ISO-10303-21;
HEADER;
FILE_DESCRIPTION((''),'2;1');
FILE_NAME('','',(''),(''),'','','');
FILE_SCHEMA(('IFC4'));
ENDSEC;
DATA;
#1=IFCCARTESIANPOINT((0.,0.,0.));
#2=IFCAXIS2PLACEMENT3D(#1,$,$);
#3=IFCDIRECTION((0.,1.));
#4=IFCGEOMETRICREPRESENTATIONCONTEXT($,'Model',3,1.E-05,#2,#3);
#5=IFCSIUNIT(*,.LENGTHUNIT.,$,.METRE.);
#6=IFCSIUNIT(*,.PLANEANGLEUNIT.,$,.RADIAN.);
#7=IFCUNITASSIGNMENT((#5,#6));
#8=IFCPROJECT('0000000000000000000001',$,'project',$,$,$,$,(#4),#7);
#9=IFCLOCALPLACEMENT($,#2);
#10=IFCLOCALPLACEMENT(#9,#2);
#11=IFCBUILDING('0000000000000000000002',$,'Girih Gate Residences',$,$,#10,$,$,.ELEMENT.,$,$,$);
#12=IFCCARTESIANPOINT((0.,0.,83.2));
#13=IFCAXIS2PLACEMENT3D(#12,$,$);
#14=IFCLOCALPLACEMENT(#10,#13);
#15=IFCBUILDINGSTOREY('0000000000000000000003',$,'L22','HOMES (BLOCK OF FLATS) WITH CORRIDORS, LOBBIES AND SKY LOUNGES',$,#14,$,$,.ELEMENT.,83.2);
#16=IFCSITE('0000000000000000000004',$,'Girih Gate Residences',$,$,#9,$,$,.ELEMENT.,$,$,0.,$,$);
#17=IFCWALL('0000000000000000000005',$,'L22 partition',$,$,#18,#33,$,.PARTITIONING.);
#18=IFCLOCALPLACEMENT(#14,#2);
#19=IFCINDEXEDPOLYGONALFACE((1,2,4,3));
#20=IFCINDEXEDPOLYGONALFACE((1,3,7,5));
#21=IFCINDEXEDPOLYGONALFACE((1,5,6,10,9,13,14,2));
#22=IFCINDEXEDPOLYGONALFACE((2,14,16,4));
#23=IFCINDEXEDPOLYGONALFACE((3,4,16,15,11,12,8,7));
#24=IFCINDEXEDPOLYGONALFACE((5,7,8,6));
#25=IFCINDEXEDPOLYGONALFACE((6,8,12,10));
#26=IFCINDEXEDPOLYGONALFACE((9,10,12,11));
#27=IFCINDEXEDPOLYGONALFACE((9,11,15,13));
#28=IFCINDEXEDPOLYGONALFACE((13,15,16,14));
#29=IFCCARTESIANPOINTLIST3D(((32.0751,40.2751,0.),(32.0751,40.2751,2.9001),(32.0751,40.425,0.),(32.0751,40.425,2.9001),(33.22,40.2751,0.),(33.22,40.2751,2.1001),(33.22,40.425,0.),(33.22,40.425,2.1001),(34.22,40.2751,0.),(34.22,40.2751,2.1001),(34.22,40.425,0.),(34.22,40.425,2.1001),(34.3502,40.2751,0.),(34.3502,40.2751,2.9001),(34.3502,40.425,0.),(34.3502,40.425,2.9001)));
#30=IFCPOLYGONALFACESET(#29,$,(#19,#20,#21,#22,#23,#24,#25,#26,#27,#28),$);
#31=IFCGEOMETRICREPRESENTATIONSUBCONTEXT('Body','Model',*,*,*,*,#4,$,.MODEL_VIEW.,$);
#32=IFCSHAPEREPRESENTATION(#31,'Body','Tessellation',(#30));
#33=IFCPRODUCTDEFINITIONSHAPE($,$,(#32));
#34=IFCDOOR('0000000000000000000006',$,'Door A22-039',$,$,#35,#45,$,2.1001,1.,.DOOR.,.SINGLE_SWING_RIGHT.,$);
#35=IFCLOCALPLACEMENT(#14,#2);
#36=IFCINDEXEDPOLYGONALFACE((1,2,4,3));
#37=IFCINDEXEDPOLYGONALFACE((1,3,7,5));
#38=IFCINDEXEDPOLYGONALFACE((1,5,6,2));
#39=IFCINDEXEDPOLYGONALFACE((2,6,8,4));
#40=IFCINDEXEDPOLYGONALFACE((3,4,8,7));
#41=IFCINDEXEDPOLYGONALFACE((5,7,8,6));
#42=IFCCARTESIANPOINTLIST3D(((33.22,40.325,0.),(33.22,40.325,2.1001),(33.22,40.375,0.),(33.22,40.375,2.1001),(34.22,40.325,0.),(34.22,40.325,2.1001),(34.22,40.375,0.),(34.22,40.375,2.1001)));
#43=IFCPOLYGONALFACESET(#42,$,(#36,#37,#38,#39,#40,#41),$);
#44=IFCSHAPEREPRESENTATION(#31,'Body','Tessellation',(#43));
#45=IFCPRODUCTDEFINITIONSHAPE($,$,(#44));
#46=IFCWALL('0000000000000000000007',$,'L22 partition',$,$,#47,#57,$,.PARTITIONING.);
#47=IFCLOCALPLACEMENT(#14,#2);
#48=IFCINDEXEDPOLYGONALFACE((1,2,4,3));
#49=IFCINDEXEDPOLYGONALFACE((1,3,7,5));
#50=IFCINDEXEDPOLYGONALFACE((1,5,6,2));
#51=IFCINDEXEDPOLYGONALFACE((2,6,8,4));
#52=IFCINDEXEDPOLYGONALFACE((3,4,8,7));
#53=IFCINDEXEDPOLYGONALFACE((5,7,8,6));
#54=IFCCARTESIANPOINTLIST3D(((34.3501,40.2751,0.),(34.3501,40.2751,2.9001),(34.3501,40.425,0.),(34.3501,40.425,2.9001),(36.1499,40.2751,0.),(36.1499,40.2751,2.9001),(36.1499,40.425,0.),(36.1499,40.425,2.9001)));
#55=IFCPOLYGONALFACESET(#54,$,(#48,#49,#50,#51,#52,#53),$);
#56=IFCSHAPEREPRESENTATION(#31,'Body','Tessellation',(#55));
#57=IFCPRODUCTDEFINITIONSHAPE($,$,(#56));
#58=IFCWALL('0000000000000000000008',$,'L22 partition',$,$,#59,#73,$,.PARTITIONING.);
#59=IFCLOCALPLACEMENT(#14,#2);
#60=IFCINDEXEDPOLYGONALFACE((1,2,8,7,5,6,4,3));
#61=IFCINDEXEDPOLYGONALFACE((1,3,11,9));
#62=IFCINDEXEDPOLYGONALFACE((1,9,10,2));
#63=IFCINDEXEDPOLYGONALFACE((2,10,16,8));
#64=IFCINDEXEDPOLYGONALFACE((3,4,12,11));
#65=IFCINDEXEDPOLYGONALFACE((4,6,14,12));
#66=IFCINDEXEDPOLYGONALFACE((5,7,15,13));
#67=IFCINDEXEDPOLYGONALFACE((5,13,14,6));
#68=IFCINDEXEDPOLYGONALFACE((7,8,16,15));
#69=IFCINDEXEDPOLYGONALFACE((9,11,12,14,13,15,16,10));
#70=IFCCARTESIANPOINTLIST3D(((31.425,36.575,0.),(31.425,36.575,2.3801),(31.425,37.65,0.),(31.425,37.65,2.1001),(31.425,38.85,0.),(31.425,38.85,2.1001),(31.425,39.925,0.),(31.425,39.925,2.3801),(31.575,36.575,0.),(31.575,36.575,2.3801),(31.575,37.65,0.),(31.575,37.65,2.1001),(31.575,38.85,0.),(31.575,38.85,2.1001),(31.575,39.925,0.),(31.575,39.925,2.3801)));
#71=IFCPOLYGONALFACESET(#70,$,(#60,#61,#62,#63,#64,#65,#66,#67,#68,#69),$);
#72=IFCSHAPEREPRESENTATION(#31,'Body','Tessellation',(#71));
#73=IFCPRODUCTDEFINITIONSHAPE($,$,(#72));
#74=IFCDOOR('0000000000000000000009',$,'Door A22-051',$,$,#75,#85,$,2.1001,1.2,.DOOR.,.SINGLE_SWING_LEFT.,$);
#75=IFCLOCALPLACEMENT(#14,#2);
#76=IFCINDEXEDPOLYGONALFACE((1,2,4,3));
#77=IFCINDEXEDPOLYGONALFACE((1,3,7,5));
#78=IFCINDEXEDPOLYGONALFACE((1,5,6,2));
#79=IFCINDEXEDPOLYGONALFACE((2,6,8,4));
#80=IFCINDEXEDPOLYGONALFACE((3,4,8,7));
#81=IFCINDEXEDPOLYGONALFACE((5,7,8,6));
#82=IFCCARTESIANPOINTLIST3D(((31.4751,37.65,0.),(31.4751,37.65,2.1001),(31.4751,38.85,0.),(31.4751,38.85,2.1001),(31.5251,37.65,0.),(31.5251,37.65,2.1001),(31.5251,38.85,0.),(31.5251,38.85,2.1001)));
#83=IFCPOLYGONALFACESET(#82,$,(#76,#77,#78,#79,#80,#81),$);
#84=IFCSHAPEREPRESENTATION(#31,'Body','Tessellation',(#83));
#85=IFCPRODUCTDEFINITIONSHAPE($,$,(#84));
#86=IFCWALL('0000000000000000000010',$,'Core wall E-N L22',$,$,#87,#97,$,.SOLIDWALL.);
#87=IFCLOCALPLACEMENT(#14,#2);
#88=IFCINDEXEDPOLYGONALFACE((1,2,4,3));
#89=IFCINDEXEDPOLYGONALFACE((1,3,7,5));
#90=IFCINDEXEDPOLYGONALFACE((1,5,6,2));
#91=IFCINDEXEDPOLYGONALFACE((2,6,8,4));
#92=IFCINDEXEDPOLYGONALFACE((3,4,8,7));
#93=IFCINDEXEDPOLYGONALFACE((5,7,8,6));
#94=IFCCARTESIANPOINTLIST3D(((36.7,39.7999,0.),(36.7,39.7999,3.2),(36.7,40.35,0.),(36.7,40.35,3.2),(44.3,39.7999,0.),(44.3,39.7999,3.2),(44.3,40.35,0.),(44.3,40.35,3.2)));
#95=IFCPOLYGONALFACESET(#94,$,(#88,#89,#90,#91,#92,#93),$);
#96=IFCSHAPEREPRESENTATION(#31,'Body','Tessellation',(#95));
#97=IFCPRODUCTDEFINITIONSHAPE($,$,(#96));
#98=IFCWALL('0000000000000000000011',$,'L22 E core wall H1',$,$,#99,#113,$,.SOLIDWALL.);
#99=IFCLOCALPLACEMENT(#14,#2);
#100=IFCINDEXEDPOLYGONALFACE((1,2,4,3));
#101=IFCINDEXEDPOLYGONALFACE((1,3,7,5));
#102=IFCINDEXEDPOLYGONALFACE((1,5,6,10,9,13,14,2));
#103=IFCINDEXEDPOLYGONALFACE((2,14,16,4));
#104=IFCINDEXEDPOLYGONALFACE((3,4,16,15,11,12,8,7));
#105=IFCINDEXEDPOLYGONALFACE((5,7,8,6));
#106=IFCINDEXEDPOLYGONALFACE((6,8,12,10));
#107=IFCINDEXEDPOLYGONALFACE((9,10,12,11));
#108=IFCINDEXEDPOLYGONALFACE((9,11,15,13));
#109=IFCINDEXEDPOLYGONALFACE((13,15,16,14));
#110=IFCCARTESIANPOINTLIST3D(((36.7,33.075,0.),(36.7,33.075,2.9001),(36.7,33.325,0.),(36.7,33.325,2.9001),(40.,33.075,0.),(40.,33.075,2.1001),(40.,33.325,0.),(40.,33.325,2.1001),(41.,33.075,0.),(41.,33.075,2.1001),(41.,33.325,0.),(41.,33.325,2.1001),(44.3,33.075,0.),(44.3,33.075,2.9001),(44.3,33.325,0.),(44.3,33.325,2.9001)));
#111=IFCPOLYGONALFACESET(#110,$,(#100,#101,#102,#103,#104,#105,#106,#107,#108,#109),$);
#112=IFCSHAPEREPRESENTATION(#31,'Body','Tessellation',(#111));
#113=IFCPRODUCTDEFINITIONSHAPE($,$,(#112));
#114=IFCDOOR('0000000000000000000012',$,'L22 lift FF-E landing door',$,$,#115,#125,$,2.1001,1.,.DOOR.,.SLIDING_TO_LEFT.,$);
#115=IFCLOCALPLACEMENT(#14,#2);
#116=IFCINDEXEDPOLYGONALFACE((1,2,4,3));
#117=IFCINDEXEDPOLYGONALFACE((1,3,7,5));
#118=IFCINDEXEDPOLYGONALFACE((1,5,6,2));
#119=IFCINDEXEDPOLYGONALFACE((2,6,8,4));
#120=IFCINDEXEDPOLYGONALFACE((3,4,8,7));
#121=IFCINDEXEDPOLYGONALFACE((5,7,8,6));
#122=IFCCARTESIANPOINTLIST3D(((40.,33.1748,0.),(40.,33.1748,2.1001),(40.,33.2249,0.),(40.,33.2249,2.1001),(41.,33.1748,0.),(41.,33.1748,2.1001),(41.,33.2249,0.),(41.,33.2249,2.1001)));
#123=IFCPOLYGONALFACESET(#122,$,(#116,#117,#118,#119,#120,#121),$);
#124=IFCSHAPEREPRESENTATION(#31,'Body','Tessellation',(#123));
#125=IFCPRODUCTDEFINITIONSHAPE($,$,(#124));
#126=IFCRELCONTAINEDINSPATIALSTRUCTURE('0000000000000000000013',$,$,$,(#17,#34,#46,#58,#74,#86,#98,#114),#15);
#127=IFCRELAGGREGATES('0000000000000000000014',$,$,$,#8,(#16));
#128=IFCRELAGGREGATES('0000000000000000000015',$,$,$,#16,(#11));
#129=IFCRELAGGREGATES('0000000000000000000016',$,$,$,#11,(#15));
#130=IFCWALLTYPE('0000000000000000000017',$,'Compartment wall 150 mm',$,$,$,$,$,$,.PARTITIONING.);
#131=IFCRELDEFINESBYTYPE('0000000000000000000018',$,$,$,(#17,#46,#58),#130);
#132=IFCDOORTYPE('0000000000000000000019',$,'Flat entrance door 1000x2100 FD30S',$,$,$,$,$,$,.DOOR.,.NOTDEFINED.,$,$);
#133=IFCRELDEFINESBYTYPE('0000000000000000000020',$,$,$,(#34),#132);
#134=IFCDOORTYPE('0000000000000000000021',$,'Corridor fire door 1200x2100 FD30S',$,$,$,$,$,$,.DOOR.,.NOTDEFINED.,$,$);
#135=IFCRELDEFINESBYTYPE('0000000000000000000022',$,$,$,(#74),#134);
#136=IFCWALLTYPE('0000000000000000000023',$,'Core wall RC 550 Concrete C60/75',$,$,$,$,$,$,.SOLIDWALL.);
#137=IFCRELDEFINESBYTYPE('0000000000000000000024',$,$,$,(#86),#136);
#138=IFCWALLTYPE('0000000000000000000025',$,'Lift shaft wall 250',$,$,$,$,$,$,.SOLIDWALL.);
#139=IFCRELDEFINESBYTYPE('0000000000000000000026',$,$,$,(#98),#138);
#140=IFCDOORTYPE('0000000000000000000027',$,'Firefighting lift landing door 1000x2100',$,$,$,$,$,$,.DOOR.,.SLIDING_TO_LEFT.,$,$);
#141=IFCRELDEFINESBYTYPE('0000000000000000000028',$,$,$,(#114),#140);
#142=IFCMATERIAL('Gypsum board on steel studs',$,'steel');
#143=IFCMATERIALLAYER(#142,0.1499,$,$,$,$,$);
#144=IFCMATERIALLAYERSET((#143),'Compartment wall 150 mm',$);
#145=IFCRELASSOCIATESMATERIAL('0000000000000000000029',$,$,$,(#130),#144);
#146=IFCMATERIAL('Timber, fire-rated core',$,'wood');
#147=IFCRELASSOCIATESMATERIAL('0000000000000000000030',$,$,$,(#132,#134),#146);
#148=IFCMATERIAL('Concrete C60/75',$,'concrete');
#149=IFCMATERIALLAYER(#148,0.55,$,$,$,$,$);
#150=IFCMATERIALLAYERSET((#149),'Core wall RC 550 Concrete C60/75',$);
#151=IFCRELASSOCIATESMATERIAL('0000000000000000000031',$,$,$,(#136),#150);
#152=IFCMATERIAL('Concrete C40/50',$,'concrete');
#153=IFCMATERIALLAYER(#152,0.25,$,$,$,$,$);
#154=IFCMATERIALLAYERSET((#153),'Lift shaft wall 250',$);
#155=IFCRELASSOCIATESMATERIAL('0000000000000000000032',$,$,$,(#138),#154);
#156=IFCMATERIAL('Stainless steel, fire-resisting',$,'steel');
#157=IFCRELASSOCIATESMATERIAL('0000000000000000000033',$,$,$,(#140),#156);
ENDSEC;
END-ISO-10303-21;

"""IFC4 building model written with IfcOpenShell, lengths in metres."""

from ifc_helpers import new_model, si_unit, direction, frame, frame_2d, origin, place, context, subcontext, project, spatial, rectangle, extrude, material, layer, layer_set, type_object, element, fill, save


model = new_model("IFC4")

# Units and contexts
model_context = context("Model", 3, precision=1e-05, world=origin(), true_north=direction((0.0, 1.0)))
body_context = subcontext(model_context, "Body", "Model", "MODEL_VIEW")
ifc_project = project(units=[si_unit("LENGTHUNIT", "METRE"), si_unit("PLANEANGLEUNIT", "RADIAN")], contexts=[model_context])

# Site, building, storey
site_placement = place(None, origin())
site = spatial("IfcSite", under=ifc_project, at=site_placement, Name="Girih Gate Residences", CompositionType="ELEMENT", RefElevation=0.0)
building_placement = place(site_placement, origin())
building = spatial("IfcBuilding", under=site, at=building_placement, Name="Girih Gate Residences", CompositionType="ELEMENT")
storey_placement = place(building_placement, frame((0.0, 0.0, 83.2)))
storey = spatial("IfcBuildingStorey", under=building, at=storey_placement, Name="L22", Description="HOMES (BLOCK OF FLATS) WITH CORRIDORS, LOBBIES AND SKY LOUNGES", CompositionType="ELEMENT", Elevation=83.2)

# Wall, opening, door
ifc_material_1 = material(Name="Gypsum board on steel studs", Category="steel")
ifc_layer_1 = layer(ifc_material_1, 0.1499)
ifc_layer_set_1 = layer_set([ifc_layer_1], Name="Compartment wall 150 mm")
wall_type_1 = type_object("IfcWallType", Name="Compartment wall 150 mm", PredefinedType="PARTITIONING", material=ifc_layer_set_1)
wall_1_placement = place(storey_placement, frame((32.075, 40.3501, 0.0), z_axis=(0.0, 0.0, 1.0), x_axis=(1.0, 0.0, 0.0)))
wall_1 = element("IfcWall", 1, at=wall_1_placement, inside=storey, type_object=wall_type_1, Name="L22 partition", PredefinedType="PARTITIONING", context=body_context, shape_type="SweptSolid", body=[
    extrude(rectangle(XDim=2.2751, YDim=0.1499, at=frame_2d((1.1377, 0.0))), origin(), (0.0, 0.0, 1.0), 2.9001),
])
opening_1_placement = place(wall_1_placement, frame((1.145, 0.0, 0.0)))
opening_1 = element("IfcOpeningElement", 2, at=opening_1_placement, cuts=wall_1, PredefinedType="OPENING", context=body_context, shape_type="SweptSolid", body=[
    extrude(rectangle(XDim=1.0, YDim=2.1001, at=frame_2d((0.5, 1.05))), frame((0.0, 0.085, 0.0), z_axis=(0.0, -1.0, 0.0), x_axis=(1.0, 0.0, 0.0)), (0.0, 0.0, 1.0), 0.1699),
])
ifc_material_2 = material(Name="Timber, fire-rated core", Category="wood")
door_type_1 = type_object("IfcDoorType", Name="Flat entrance door 1000x2100 FD30S", OperationType="NOTDEFINED", PredefinedType="DOOR", material=ifc_material_2)
door_1_placement = place(opening_1_placement, origin())
door_1 = element("IfcDoor", 3, at=door_1_placement, inside=storey, type_object=door_type_1, Name="Door A22-039", OperationType="SINGLE_SWING_RIGHT", OverallHeight=2.1001, OverallWidth=1.0, PredefinedType="DOOR", context=body_context, shape_type="SweptSolid", body=[
    extrude(rectangle(XDim=1.0, YDim=2.1001, at=frame_2d((0.5, 1.05))), frame((0.0, 0.0249, 0.0), z_axis=(0.0, -1.0, 0.0), x_axis=(1.0, 0.0, 0.0)), (0.0, 0.0, 1.0), 0.05),
])
fill(opening_1, door_1)

# Wall
wall_2_placement = place(storey_placement, frame((34.3501, 40.3501, 0.0), z_axis=(0.0, 0.0, 1.0), x_axis=(1.0, 0.0, 0.0)))
element("IfcWall", 4, at=wall_2_placement, inside=storey, type_object=wall_type_1, Name="L22 partition", PredefinedType="PARTITIONING", context=body_context, shape_type="SweptSolid", body=[
    extrude(rectangle(XDim=1.7998, YDim=0.1499, at=frame_2d((0.8999, 0.0))), origin(), (0.0, 0.0, 1.0), 2.9001),
])

# Wall, opening, door
wall_3_placement = place(storey_placement, frame((31.5, 36.575, 0.0), z_axis=(0.0, 0.0, 1.0), x_axis=(0.0, 1.0, 0.0)))
wall_3 = element("IfcWall", 5, at=wall_3_placement, inside=storey, type_object=wall_type_1, Name="L22 partition", PredefinedType="PARTITIONING", context=body_context, shape_type="SweptSolid", body=[
    extrude(rectangle(XDim=3.3501, YDim=0.1499, at=frame_2d((1.675, 0.0))), origin(), (0.0, 0.0, 1.0), 2.3801),
])
opening_2_placement = place(wall_3_placement, frame((1.075, 0.0, 0.0)))
opening_2 = element("IfcOpeningElement", 6, at=opening_2_placement, cuts=wall_3, PredefinedType="OPENING", context=body_context, shape_type="SweptSolid", body=[
    extrude(rectangle(XDim=1.2, YDim=2.1001, at=frame_2d((0.6001, 1.05))), frame((0.0, 0.085, 0.0), z_axis=(0.0, -1.0, 0.0), x_axis=(1.0, 0.0, 0.0)), (0.0, 0.0, 1.0), 0.1699),
])
door_type_2 = type_object("IfcDoorType", Name="Corridor fire door 1200x2100 FD30S", OperationType="NOTDEFINED", PredefinedType="DOOR", material=ifc_material_2)
door_2_placement = place(opening_2_placement, origin())
door_2 = element("IfcDoor", 7, at=door_2_placement, inside=storey, type_object=door_type_2, Name="Door A22-051", OperationType="SINGLE_SWING_LEFT", OverallHeight=2.1001, OverallWidth=1.2, PredefinedType="DOOR", context=body_context, shape_type="SweptSolid", body=[
    extrude(rectangle(XDim=1.2, YDim=2.1001, at=frame_2d((0.6001, 1.05))), frame((0.0, 0.0249, 0.0), z_axis=(0.0, -1.0, 0.0), x_axis=(1.0, 0.0, 0.0)), (0.0, 0.0, 1.0), 0.05),
])
fill(opening_2, door_2)

# Wall
ifc_material_3 = material(Name="Concrete C60/75", Category="concrete")
ifc_layer_2 = layer(ifc_material_3, 0.55)
ifc_layer_set_2 = layer_set([ifc_layer_2], Name="Core wall RC 550 Concrete C60/75")
wall_type_2 = type_object("IfcWallType", Name="Core wall RC 550 Concrete C60/75", PredefinedType="SOLIDWALL", material=ifc_layer_set_2)
wall_4_placement = place(storey_placement, frame((36.7, 40.075, 0.0), z_axis=(0.0, 0.0, 1.0), x_axis=(1.0, 0.0, 0.0)))
element("IfcWall", 8, at=wall_4_placement, inside=storey, type_object=wall_type_2, Name="Core wall E-N L22", PredefinedType="SOLIDWALL", context=body_context, shape_type="SweptSolid", body=[
    extrude(rectangle(XDim=7.6001, YDim=0.55, at=frame_2d((3.8, 0.0))), origin(), (0.0, 0.0, 1.0), 3.2),
])

# Wall, opening, door
ifc_material_4 = material(Name="Concrete C40/50", Category="concrete")
ifc_layer_3 = layer(ifc_material_4, 0.25)
ifc_layer_set_3 = layer_set([ifc_layer_3], Name="Lift shaft wall 250")
wall_type_3 = type_object("IfcWallType", Name="Lift shaft wall 250", PredefinedType="SOLIDWALL", material=ifc_layer_set_3)
wall_5_placement = place(storey_placement, frame((36.7, 33.2, 0.0), z_axis=(0.0, 0.0, 1.0), x_axis=(1.0, 0.0, 0.0)))
wall_5 = element("IfcWall", 9, at=wall_5_placement, inside=storey, type_object=wall_type_3, Name="L22 E core wall H1", PredefinedType="SOLIDWALL", context=body_context, shape_type="SweptSolid", body=[
    extrude(rectangle(XDim=7.6001, YDim=0.25, at=frame_2d((3.8, 0.0))), origin(), (0.0, 0.0, 1.0), 2.9001),
])
opening_3_placement = place(wall_5_placement, frame((3.3, 0.0, 0.0)))
opening_3 = element("IfcOpeningElement", 10, at=opening_3_placement, cuts=wall_5, PredefinedType="OPENING", context=body_context, shape_type="SweptSolid", body=[
    extrude(rectangle(XDim=1.0, YDim=2.1001, at=frame_2d((0.5, 1.05))), frame((0.0, 0.135, 0.0), z_axis=(0.0, -1.0, 0.0), x_axis=(1.0, 0.0, 0.0)), (0.0, 0.0, 1.0), 0.27),
])
ifc_material_5 = material(Name="Stainless steel, fire-resisting", Category="steel")
door_type_3 = type_object("IfcDoorType", Name="Firefighting lift landing door 1000x2100", OperationType="SLIDING_TO_LEFT", PredefinedType="DOOR", material=ifc_material_5)
door_3_placement = place(opening_3_placement, origin())
door_3 = element("IfcDoor", 11, at=door_3_placement, inside=storey, type_object=door_type_3, Name="L22 lift FF-E landing door", OperationType="SLIDING_TO_LEFT", OverallHeight=2.1001, OverallWidth=1.0, PredefinedType="DOOR", context=body_context, shape_type="SweptSolid", body=[
    extrude(rectangle(XDim=1.0, YDim=2.1001, at=frame_2d((0.5, 1.05))), frame((0.0, 0.0249, 0.0), z_axis=(0.0, -1.0, 0.0), x_axis=(1.0, 0.0, 0.0)), (0.0, 0.0, 1.0), 0.05),
])
fill(opening_3, door_3)

save(model, "model.ifc")
